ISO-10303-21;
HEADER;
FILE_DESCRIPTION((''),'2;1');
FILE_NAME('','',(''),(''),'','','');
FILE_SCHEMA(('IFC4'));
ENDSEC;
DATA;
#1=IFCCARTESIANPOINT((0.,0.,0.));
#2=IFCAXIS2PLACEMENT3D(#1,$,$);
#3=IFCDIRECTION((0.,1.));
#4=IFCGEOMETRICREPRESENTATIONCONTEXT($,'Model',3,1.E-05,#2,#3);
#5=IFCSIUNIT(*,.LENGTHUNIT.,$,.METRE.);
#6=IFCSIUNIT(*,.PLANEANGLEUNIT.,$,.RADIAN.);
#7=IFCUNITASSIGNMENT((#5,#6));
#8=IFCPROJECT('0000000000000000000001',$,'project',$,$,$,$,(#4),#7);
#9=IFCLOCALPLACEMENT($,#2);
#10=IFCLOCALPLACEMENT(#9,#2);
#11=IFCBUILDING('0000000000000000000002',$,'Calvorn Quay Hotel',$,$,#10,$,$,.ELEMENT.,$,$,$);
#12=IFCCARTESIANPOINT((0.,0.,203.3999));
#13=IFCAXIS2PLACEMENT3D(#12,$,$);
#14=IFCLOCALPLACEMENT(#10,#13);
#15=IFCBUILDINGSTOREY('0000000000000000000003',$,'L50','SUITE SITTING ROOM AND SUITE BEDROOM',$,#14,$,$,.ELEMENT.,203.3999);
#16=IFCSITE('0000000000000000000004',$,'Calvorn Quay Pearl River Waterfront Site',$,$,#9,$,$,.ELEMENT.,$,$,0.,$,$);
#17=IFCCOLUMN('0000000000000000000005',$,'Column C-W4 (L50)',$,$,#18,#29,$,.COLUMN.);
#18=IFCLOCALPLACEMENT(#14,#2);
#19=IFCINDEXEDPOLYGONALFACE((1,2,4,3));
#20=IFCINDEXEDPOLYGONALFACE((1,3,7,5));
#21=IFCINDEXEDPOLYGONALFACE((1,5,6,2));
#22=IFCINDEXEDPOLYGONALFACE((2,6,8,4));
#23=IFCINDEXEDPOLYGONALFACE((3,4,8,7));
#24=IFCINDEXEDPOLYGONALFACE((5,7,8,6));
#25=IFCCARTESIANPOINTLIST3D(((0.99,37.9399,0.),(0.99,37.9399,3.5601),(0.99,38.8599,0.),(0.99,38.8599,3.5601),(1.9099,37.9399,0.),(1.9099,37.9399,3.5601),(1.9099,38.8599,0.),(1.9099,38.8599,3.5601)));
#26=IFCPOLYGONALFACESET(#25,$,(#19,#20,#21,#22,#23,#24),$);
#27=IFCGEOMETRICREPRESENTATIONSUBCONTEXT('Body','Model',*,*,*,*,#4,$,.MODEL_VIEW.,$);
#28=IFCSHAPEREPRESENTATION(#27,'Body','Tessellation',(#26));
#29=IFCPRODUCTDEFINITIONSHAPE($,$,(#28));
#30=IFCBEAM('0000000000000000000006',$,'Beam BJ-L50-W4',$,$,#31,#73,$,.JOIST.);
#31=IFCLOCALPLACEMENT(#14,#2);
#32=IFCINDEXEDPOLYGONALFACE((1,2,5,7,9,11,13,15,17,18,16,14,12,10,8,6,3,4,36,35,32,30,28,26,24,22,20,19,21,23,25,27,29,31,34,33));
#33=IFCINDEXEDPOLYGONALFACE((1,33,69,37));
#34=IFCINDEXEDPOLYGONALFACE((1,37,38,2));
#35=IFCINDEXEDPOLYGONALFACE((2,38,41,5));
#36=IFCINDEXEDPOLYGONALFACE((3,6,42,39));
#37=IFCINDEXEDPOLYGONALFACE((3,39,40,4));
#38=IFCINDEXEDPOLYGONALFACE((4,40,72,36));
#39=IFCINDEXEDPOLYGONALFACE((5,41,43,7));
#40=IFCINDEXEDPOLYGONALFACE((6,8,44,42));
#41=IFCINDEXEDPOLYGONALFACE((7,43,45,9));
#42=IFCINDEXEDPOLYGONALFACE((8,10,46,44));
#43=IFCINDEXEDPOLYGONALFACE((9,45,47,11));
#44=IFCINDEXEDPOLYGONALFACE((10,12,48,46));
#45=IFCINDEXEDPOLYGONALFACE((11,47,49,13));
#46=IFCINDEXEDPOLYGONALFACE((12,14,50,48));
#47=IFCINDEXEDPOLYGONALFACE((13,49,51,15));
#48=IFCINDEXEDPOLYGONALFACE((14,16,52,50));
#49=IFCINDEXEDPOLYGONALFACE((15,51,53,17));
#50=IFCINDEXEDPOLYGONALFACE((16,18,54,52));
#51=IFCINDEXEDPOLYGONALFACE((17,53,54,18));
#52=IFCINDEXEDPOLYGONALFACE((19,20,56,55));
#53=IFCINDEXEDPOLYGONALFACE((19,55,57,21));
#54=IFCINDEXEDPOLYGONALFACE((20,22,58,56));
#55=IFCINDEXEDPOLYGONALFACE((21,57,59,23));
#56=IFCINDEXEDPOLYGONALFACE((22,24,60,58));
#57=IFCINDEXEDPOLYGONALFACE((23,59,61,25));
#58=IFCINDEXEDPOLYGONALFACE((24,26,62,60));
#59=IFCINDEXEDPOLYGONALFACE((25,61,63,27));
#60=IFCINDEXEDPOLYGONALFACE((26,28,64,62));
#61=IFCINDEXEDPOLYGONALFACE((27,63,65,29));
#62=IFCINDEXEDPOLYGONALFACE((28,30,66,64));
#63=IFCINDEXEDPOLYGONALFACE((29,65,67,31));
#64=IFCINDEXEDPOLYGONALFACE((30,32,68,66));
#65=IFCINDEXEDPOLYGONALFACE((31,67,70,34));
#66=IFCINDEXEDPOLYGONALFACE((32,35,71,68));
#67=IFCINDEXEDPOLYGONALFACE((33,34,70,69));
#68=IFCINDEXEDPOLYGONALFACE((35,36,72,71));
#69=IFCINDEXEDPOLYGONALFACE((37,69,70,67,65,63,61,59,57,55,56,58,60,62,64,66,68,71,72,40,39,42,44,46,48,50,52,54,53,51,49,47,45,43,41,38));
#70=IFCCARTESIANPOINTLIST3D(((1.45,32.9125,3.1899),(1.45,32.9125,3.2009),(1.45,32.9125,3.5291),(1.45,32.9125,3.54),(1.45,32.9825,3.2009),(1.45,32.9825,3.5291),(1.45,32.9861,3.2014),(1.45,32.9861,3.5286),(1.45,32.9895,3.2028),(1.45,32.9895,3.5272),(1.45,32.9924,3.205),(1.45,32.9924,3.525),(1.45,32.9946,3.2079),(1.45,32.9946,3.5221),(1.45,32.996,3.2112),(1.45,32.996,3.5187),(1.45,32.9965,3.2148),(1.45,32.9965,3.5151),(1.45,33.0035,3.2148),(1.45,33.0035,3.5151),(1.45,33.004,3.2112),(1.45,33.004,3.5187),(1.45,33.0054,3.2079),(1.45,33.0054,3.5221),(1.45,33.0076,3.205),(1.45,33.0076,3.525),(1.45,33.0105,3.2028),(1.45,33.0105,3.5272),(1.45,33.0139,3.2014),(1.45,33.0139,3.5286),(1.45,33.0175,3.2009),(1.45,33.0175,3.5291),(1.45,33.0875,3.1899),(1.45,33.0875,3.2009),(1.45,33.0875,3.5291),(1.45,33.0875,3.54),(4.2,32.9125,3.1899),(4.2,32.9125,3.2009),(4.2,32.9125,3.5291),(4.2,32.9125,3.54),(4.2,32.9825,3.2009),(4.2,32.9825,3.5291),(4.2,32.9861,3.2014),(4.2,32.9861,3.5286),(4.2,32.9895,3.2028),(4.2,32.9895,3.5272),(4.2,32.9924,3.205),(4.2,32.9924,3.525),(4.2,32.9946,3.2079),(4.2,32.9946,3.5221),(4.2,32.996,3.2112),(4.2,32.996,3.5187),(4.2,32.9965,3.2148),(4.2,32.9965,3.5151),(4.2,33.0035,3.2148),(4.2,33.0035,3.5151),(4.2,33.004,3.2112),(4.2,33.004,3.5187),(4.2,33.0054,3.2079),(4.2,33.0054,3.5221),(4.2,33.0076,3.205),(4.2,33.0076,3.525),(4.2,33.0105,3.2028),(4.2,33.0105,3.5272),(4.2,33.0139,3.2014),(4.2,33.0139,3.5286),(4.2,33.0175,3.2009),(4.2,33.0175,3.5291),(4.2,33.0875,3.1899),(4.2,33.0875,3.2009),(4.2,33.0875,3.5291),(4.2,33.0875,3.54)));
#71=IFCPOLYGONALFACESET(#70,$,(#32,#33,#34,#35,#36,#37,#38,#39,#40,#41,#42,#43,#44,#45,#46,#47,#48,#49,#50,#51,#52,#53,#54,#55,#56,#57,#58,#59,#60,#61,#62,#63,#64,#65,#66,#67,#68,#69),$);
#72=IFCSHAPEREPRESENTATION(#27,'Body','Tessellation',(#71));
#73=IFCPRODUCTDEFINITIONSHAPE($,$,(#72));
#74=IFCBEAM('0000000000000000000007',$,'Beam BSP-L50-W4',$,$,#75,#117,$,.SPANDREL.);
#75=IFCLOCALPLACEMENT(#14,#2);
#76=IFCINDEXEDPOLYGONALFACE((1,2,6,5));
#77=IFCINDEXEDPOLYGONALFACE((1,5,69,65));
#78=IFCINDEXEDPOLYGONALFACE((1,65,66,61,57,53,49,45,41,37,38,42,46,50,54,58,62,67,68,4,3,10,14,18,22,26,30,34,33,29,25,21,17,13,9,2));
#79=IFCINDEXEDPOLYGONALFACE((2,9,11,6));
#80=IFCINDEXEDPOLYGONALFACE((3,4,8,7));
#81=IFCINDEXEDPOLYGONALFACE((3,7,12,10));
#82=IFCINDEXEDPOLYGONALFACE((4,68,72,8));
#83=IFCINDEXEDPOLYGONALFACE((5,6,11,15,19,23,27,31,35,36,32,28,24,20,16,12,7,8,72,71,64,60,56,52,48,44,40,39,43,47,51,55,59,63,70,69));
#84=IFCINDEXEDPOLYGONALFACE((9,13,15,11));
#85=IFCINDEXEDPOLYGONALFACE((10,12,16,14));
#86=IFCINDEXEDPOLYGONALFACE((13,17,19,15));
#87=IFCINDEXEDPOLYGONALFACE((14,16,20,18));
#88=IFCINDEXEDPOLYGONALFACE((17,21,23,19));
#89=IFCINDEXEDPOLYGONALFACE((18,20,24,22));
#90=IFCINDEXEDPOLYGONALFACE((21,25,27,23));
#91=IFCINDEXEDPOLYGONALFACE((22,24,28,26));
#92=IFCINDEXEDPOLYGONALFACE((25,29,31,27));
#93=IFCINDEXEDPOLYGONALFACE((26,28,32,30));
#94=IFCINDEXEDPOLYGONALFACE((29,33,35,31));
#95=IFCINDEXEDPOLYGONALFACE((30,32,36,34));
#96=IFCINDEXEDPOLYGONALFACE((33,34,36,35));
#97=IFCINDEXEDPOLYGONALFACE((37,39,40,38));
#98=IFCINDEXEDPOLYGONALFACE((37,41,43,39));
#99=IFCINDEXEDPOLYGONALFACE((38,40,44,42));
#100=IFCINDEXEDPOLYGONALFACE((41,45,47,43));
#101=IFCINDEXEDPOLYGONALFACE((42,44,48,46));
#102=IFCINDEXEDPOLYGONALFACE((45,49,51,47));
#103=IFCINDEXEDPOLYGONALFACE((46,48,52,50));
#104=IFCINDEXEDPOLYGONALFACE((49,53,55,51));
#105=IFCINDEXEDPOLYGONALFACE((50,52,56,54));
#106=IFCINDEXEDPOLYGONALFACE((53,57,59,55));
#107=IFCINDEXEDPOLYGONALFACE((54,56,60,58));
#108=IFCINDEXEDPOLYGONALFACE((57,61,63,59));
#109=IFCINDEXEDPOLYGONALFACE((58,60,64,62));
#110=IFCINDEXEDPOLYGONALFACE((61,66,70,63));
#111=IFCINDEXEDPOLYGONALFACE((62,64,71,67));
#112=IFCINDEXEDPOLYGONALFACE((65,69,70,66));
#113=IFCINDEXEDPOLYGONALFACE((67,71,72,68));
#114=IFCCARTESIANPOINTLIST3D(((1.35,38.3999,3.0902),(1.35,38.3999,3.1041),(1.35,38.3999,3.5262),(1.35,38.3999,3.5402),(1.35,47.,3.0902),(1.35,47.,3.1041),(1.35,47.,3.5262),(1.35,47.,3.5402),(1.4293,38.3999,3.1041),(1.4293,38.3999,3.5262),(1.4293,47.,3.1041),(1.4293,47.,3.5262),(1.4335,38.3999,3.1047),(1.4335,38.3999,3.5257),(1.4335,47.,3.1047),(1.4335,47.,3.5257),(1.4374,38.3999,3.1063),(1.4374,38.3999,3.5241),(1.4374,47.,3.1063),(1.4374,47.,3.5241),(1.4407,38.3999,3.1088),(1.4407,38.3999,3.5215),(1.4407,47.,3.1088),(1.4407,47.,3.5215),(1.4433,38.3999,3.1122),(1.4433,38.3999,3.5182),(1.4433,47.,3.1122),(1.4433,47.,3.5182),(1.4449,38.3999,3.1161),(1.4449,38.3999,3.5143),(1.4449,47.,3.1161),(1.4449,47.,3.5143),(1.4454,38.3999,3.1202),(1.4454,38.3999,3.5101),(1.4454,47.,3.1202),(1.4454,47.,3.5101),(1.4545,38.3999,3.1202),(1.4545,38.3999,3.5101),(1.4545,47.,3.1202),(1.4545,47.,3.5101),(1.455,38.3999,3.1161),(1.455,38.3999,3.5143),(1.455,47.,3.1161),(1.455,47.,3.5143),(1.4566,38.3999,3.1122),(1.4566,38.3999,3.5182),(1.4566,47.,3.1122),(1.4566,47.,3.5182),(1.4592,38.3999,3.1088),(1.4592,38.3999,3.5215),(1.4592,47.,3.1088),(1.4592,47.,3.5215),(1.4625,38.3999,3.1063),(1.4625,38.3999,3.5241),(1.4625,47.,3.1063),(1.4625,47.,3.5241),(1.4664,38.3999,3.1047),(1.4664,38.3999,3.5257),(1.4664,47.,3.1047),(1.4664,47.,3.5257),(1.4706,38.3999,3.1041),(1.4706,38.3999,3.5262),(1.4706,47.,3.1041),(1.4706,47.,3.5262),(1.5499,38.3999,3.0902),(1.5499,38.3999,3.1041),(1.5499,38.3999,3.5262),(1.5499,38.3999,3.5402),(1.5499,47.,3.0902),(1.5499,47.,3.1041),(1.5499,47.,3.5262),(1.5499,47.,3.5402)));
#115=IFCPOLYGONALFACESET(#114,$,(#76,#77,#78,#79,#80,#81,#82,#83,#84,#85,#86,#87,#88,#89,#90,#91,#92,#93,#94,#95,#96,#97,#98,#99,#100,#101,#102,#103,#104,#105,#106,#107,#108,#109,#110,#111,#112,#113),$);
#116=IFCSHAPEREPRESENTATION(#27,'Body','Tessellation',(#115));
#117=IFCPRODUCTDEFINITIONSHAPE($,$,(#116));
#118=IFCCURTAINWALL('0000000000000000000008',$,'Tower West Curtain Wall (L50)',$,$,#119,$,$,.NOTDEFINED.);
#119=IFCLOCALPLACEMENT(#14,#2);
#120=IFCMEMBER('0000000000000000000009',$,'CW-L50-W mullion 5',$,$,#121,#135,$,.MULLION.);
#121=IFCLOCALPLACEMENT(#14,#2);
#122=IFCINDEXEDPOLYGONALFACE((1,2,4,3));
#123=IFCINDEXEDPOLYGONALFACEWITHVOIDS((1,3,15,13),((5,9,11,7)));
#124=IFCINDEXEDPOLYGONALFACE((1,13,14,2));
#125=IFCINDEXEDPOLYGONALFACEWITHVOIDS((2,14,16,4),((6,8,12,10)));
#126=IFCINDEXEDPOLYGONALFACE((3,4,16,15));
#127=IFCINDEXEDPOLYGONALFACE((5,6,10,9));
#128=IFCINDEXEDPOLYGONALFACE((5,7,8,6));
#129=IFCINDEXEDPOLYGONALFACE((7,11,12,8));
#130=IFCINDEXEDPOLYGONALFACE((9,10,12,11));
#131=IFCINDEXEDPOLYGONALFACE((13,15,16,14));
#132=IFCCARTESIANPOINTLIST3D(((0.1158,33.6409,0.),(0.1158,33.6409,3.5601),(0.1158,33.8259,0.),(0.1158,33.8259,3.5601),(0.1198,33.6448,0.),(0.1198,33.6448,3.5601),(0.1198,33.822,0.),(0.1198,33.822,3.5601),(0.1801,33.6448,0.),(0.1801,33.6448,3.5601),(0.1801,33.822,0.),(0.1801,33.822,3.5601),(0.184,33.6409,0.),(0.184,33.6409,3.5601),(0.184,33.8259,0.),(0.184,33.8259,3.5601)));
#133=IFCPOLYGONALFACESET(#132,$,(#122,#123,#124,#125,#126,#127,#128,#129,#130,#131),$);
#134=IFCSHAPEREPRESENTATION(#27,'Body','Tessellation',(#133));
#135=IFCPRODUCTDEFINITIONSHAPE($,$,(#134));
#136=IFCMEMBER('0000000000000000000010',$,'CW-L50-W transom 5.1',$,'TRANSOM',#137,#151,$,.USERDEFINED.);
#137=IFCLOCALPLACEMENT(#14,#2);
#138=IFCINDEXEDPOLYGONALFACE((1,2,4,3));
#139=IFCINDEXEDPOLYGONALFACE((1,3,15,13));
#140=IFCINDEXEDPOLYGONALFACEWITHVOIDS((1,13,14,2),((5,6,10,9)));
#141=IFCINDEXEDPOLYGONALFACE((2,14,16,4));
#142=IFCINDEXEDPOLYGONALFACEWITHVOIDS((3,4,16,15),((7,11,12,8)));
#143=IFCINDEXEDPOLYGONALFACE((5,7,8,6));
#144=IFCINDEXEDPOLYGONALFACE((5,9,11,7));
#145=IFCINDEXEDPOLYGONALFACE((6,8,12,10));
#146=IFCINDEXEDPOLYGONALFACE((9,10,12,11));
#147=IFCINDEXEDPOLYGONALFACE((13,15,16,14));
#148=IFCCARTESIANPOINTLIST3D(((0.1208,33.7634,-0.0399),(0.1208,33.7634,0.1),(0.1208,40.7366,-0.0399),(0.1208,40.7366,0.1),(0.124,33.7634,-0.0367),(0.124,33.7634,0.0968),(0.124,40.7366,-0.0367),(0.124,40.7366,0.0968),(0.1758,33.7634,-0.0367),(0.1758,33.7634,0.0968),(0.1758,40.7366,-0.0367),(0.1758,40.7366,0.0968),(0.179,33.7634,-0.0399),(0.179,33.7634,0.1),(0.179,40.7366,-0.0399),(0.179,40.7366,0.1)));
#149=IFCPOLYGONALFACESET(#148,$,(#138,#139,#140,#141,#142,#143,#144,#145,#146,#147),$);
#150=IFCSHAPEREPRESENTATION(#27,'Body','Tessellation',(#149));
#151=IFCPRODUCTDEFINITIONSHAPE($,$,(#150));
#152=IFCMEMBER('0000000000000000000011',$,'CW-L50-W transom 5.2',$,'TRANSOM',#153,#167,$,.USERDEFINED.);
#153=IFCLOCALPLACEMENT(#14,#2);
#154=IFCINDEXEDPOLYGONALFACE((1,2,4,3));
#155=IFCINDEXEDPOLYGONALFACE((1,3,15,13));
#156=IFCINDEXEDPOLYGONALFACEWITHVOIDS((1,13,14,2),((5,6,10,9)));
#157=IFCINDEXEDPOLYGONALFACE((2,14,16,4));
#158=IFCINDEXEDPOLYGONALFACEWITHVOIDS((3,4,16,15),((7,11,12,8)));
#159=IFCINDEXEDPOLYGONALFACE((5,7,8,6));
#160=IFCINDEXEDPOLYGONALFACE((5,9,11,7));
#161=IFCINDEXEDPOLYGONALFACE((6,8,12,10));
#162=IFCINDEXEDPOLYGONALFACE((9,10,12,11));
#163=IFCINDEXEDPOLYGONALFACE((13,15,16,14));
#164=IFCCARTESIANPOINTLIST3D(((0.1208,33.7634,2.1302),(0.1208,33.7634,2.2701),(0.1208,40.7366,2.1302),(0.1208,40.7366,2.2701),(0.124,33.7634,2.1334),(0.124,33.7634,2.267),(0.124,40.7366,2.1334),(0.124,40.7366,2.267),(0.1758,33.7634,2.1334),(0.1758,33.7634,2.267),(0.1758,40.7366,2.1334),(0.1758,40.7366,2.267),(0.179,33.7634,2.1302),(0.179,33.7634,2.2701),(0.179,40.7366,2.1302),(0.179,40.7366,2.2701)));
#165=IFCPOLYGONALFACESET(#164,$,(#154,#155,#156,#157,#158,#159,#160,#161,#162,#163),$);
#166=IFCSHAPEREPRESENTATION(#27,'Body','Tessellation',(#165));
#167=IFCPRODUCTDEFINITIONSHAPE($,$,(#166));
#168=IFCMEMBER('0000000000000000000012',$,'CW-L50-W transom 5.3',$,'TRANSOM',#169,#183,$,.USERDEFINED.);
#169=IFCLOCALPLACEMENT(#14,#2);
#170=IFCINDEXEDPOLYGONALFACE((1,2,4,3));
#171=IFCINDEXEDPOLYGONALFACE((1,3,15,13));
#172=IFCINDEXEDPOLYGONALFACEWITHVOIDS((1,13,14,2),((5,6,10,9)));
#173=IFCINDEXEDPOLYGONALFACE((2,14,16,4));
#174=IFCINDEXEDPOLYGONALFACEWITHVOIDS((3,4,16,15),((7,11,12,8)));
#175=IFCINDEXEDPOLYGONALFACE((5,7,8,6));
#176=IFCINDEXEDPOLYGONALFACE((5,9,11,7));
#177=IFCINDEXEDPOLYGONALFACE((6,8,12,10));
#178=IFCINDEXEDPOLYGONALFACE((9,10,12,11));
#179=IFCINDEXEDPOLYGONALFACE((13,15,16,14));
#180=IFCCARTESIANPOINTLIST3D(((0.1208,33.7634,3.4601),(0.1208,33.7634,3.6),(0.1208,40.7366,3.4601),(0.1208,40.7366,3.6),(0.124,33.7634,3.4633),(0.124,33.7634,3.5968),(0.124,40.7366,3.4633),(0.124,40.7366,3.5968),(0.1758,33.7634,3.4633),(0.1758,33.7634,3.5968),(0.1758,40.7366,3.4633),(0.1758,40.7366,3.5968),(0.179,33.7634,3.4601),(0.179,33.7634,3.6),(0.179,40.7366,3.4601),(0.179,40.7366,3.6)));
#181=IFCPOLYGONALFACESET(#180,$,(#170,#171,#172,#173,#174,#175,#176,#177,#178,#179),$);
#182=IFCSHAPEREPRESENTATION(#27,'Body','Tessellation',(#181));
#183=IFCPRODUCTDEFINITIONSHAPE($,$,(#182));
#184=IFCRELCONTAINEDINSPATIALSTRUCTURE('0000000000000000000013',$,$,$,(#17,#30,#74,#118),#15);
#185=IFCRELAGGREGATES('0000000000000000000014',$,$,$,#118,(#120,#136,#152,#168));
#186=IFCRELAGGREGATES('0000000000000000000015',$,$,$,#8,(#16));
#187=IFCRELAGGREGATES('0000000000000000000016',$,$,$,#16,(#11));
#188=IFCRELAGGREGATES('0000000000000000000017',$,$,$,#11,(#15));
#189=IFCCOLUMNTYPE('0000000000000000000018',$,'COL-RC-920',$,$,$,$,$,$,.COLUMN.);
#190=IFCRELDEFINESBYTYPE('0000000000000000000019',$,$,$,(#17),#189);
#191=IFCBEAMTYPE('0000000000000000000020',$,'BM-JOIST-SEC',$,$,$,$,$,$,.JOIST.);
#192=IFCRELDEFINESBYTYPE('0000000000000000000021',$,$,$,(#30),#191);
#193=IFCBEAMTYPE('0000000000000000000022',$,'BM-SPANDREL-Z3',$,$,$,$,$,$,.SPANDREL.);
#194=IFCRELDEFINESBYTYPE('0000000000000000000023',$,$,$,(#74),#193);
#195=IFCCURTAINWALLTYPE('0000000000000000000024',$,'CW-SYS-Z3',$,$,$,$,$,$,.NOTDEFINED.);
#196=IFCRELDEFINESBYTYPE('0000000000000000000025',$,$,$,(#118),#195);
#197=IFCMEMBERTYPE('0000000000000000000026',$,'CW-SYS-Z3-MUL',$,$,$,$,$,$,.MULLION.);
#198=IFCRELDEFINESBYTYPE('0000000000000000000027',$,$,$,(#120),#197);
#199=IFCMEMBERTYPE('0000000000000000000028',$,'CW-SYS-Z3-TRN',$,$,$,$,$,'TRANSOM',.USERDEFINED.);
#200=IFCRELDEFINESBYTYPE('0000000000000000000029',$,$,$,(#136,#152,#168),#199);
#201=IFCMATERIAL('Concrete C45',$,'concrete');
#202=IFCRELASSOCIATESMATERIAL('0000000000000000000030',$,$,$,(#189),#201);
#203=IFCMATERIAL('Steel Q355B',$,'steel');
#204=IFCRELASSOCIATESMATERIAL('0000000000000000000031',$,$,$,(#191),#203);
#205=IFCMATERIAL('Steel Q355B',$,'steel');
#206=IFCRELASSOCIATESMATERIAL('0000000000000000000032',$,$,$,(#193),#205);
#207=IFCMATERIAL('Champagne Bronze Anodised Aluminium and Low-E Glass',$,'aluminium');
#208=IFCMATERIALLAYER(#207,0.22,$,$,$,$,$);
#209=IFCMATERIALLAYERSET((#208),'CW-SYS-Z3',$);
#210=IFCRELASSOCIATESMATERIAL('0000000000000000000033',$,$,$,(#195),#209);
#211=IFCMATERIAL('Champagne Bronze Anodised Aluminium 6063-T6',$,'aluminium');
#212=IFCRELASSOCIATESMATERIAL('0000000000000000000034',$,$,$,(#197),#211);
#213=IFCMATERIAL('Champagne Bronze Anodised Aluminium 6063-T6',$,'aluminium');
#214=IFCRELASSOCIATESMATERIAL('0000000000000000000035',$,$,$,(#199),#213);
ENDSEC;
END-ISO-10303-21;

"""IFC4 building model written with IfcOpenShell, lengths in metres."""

from ifc_helpers import new_model, si_unit, direction, frame, origin, origin_2d, place, context, subcontext, project, spatial, rectangle, hollow_rectangle, i_section, extrude, material, layer, layer_set, material_profile, profile_set, type_object, element, aggregate, save


model = new_model("IFC4")

# Units and contexts
model_context = context("Model", 3, precision=1e-05, world=origin(), true_north=direction((0.0, 1.0)))
body_context = subcontext(model_context, "Body", "Model", "MODEL_VIEW")
ifc_project = project(units=[si_unit("LENGTHUNIT", "METRE"), si_unit("PLANEANGLEUNIT", "RADIAN")], contexts=[model_context])

# Site, building, storey
site_placement = place(None, origin())
site = spatial("IfcSite", under=ifc_project, at=site_placement, Name="Calvorn Quay Pearl River Waterfront Site", CompositionType="ELEMENT", RefElevation=0.0)
building_placement = place(site_placement, origin())
building = spatial("IfcBuilding", under=site, at=building_placement, Name="Calvorn Quay Hotel", CompositionType="ELEMENT")
storey_placement = place(building_placement, frame((0.0, 0.0, 203.3999)))
storey = spatial("IfcBuildingStorey", under=building, at=storey_placement, Name="L50", Description="SUITE SITTING ROOM AND SUITE BEDROOM", CompositionType="ELEMENT", Elevation=203.3999)

# Column
ifc_material_1 = material(Name="Concrete C45", Category="concrete")
ifc_material_profile_1 = material_profile(ifc_material_1, rectangle(XDim=0.9199, YDim=0.9199, at=origin_2d()), Name="RC920x920")
ifc_profile_set_1 = profile_set([ifc_material_profile_1], Name="Concrete C45")
column_type = type_object("IfcColumnType", Name="COL-RC-920", PredefinedType="COLUMN", material=ifc_profile_set_1)
column_placement = place(storey_placement, frame((1.45, 38.3999, 0.0), z_axis=(0.0, 0.0, 1.0), x_axis=(1.0, 0.0, 0.0)))
element("IfcColumn", 1, at=column_placement, inside=storey, type_object=column_type, Name="Column C-W4 (L50)", PredefinedType="COLUMN", context=body_context, shape_type="SweptSolid", body=[
    extrude(rectangle(XDim=0.9199, YDim=0.9199, at=origin_2d()), origin(), (0.0, 0.0, 1.0), 3.5601),
])

# Beams
ifc_material_2 = material(Name="Steel Q355B", Category="steel")
ifc_material_profile_2 = material_profile(ifc_material_2, i_section(OverallWidth=0.175, OverallDepth=0.3501, WebThickness=0.0071, FlangeThickness=0.011, FilletRadius=0.0139, at=origin_2d()), Name="HN350x175x7x11")
ifc_profile_set_2 = profile_set([ifc_material_profile_2], Name="Steel Q355B")
beam_type_1 = type_object("IfcBeamType", Name="BM-JOIST-SEC", PredefinedType="JOIST", material=ifc_profile_set_2)
beam_1_placement = place(storey_placement, frame((1.45, 33.0, 3.365), z_axis=(1.0, 0.0, 0.0), x_axis=(0.0, 1.0, 0.0)))
element("IfcBeam", 2, at=beam_1_placement, inside=storey, type_object=beam_type_1, Name="Beam BJ-L50-W4", PredefinedType="JOIST", context=body_context, shape_type="SweptSolid", body=[
    extrude(i_section(OverallWidth=0.175, OverallDepth=0.3501, WebThickness=0.0071, FlangeThickness=0.011, FilletRadius=0.0139, at=origin_2d()), origin(), (0.0, 0.0, 1.0), 2.75),
])
ifc_material_3 = material(Name="Steel Q355B", Category="steel")
ifc_material_profile_3 = material_profile(ifc_material_3, i_section(OverallWidth=0.2, OverallDepth=0.45, WebThickness=0.009, FlangeThickness=0.0139, FilletRadius=0.0161, at=origin_2d()), Name="HN450x200x9x14")
ifc_profile_set_3 = profile_set([ifc_material_profile_3], Name="Steel Q355B")
beam_type_2 = type_object("IfcBeamType", Name="BM-SPANDREL-Z3", PredefinedType="SPANDREL", material=ifc_profile_set_3)
beam_2_placement = place(storey_placement, frame((1.45, 38.3999, 3.3152), z_axis=(0.0, 1.0, 0.0), x_axis=(-1.0, 0.0, 0.0)))
element("IfcBeam", 3, at=beam_2_placement, inside=storey, type_object=beam_type_2, Name="Beam BSP-L50-W4", PredefinedType="SPANDREL", context=body_context, shape_type="SweptSolid", body=[
    extrude(i_section(OverallWidth=0.2, OverallDepth=0.45, WebThickness=0.009, FlangeThickness=0.0139, FilletRadius=0.0161, at=origin_2d()), origin(), (0.0, 0.0, 1.0), 8.6001),
])

# Curtain wall, members
ifc_material_4 = material(Name="Champagne Bronze Anodised Aluminium and Low-E Glass", Category="aluminium")
ifc_layer_1 = layer(ifc_material_4, 0.22)
ifc_layer_set_1 = layer_set([ifc_layer_1], Name="CW-SYS-Z3")
curtain_wall_type = type_object("IfcCurtainWallType", Name="CW-SYS-Z3", PredefinedType="NOTDEFINED", material=ifc_layer_set_1)
curtain_wall_placement = place(storey_placement, origin())
curtain_wall = element("IfcCurtainWall", 4, at=curtain_wall_placement, inside=storey, type_object=curtain_wall_type, Name="Tower West Curtain Wall (L50)", PredefinedType="NOTDEFINED")
ifc_material_5 = material(Name="Champagne Bronze Anodised Aluminium 6063-T6", Category="aluminium")
ifc_material_profile_4 = material_profile(ifc_material_5, hollow_rectangle(XDim=0.0681, YDim=0.1851, WallThickness=0.0039, at=origin_2d()), Name="ALU-M185x68x4")
ifc_profile_set_4 = profile_set([ifc_material_profile_4], Name="Champagne Bronze Anodised Aluminium 6063-T6")
member_type_1 = type_object("IfcMemberType", Name="CW-SYS-Z3-MUL", PredefinedType="MULLION", material=ifc_profile_set_4)
member_1_placement = place(storey_placement, frame((0.1499, 33.7334, 0.0), z_axis=(0.0, 0.0, 1.0), x_axis=(-1.0, 0.0, 0.0)))
member_1 = element("IfcMember", 5, at=member_1_placement, type_object=member_type_1, Name="CW-L50-W mullion 5", PredefinedType="MULLION", context=body_context, shape_type="SweptSolid", body=[
    extrude(hollow_rectangle(XDim=0.0681, YDim=0.1851, WallThickness=0.0039, at=origin_2d()), origin(), (0.0, 0.0, 1.0), 3.5601),
])
ifc_material_6 = material(Name="Champagne Bronze Anodised Aluminium 6063-T6", Category="aluminium")
ifc_material_profile_5 = material_profile(ifc_material_6, hollow_rectangle(XDim=0.0581, YDim=0.1399, WallThickness=0.0032, at=origin_2d()), Name="ALU-T140x58x3.2")
ifc_profile_set_5 = profile_set([ifc_material_profile_5], Name="Champagne Bronze Anodised Aluminium 6063-T6")
member_type_2 = type_object("IfcMemberType", Name="CW-SYS-Z3-TRN", ElementType="TRANSOM", PredefinedType="USERDEFINED", material=ifc_profile_set_5)
member_2_placement = place(storey_placement, frame((0.1499, 33.7634, 0.03), z_axis=(0.0, 1.0, 0.0), x_axis=(-1.0, 0.0, 0.0)))
member_2 = element("IfcMember", 6, at=member_2_placement, type_object=member_type_2, Name="CW-L50-W transom 5.1", ObjectType="TRANSOM", PredefinedType="USERDEFINED", context=body_context, shape_type="SweptSolid", body=[
    extrude(hollow_rectangle(XDim=0.0581, YDim=0.1399, WallThickness=0.0032, at=origin_2d()), origin(), (0.0, 0.0, 1.0), 6.9731),
])
member_3_placement = place(storey_placement, frame((0.1499, 33.7634, 2.2002), z_axis=(0.0, 1.0, 0.0), x_axis=(-1.0, 0.0, 0.0)))
member_3 = element("IfcMember", 7, at=member_3_placement, type_object=member_type_2, Name="CW-L50-W transom 5.2", ObjectType="TRANSOM", PredefinedType="USERDEFINED", context=body_context, shape_type="SweptSolid", body=[
    extrude(hollow_rectangle(XDim=0.0581, YDim=0.1399, WallThickness=0.0032, at=origin_2d()), origin(), (0.0, 0.0, 1.0), 6.9731),
])
member_4_placement = place(storey_placement, frame((0.1499, 33.7634, 3.53), z_axis=(0.0, 1.0, 0.0), x_axis=(-1.0, 0.0, 0.0)))
member_4 = element("IfcMember", 8, at=member_4_placement, type_object=member_type_2, Name="CW-L50-W transom 5.3", ObjectType="TRANSOM", PredefinedType="USERDEFINED", context=body_context, shape_type="SweptSolid", body=[
    extrude(hollow_rectangle(XDim=0.0581, YDim=0.1399, WallThickness=0.0032, at=origin_2d()), origin(), (0.0, 0.0, 1.0), 6.9731),
])
aggregate(curtain_wall, [member_1, member_2, member_3, member_4])

save(model, "model.ifc")
